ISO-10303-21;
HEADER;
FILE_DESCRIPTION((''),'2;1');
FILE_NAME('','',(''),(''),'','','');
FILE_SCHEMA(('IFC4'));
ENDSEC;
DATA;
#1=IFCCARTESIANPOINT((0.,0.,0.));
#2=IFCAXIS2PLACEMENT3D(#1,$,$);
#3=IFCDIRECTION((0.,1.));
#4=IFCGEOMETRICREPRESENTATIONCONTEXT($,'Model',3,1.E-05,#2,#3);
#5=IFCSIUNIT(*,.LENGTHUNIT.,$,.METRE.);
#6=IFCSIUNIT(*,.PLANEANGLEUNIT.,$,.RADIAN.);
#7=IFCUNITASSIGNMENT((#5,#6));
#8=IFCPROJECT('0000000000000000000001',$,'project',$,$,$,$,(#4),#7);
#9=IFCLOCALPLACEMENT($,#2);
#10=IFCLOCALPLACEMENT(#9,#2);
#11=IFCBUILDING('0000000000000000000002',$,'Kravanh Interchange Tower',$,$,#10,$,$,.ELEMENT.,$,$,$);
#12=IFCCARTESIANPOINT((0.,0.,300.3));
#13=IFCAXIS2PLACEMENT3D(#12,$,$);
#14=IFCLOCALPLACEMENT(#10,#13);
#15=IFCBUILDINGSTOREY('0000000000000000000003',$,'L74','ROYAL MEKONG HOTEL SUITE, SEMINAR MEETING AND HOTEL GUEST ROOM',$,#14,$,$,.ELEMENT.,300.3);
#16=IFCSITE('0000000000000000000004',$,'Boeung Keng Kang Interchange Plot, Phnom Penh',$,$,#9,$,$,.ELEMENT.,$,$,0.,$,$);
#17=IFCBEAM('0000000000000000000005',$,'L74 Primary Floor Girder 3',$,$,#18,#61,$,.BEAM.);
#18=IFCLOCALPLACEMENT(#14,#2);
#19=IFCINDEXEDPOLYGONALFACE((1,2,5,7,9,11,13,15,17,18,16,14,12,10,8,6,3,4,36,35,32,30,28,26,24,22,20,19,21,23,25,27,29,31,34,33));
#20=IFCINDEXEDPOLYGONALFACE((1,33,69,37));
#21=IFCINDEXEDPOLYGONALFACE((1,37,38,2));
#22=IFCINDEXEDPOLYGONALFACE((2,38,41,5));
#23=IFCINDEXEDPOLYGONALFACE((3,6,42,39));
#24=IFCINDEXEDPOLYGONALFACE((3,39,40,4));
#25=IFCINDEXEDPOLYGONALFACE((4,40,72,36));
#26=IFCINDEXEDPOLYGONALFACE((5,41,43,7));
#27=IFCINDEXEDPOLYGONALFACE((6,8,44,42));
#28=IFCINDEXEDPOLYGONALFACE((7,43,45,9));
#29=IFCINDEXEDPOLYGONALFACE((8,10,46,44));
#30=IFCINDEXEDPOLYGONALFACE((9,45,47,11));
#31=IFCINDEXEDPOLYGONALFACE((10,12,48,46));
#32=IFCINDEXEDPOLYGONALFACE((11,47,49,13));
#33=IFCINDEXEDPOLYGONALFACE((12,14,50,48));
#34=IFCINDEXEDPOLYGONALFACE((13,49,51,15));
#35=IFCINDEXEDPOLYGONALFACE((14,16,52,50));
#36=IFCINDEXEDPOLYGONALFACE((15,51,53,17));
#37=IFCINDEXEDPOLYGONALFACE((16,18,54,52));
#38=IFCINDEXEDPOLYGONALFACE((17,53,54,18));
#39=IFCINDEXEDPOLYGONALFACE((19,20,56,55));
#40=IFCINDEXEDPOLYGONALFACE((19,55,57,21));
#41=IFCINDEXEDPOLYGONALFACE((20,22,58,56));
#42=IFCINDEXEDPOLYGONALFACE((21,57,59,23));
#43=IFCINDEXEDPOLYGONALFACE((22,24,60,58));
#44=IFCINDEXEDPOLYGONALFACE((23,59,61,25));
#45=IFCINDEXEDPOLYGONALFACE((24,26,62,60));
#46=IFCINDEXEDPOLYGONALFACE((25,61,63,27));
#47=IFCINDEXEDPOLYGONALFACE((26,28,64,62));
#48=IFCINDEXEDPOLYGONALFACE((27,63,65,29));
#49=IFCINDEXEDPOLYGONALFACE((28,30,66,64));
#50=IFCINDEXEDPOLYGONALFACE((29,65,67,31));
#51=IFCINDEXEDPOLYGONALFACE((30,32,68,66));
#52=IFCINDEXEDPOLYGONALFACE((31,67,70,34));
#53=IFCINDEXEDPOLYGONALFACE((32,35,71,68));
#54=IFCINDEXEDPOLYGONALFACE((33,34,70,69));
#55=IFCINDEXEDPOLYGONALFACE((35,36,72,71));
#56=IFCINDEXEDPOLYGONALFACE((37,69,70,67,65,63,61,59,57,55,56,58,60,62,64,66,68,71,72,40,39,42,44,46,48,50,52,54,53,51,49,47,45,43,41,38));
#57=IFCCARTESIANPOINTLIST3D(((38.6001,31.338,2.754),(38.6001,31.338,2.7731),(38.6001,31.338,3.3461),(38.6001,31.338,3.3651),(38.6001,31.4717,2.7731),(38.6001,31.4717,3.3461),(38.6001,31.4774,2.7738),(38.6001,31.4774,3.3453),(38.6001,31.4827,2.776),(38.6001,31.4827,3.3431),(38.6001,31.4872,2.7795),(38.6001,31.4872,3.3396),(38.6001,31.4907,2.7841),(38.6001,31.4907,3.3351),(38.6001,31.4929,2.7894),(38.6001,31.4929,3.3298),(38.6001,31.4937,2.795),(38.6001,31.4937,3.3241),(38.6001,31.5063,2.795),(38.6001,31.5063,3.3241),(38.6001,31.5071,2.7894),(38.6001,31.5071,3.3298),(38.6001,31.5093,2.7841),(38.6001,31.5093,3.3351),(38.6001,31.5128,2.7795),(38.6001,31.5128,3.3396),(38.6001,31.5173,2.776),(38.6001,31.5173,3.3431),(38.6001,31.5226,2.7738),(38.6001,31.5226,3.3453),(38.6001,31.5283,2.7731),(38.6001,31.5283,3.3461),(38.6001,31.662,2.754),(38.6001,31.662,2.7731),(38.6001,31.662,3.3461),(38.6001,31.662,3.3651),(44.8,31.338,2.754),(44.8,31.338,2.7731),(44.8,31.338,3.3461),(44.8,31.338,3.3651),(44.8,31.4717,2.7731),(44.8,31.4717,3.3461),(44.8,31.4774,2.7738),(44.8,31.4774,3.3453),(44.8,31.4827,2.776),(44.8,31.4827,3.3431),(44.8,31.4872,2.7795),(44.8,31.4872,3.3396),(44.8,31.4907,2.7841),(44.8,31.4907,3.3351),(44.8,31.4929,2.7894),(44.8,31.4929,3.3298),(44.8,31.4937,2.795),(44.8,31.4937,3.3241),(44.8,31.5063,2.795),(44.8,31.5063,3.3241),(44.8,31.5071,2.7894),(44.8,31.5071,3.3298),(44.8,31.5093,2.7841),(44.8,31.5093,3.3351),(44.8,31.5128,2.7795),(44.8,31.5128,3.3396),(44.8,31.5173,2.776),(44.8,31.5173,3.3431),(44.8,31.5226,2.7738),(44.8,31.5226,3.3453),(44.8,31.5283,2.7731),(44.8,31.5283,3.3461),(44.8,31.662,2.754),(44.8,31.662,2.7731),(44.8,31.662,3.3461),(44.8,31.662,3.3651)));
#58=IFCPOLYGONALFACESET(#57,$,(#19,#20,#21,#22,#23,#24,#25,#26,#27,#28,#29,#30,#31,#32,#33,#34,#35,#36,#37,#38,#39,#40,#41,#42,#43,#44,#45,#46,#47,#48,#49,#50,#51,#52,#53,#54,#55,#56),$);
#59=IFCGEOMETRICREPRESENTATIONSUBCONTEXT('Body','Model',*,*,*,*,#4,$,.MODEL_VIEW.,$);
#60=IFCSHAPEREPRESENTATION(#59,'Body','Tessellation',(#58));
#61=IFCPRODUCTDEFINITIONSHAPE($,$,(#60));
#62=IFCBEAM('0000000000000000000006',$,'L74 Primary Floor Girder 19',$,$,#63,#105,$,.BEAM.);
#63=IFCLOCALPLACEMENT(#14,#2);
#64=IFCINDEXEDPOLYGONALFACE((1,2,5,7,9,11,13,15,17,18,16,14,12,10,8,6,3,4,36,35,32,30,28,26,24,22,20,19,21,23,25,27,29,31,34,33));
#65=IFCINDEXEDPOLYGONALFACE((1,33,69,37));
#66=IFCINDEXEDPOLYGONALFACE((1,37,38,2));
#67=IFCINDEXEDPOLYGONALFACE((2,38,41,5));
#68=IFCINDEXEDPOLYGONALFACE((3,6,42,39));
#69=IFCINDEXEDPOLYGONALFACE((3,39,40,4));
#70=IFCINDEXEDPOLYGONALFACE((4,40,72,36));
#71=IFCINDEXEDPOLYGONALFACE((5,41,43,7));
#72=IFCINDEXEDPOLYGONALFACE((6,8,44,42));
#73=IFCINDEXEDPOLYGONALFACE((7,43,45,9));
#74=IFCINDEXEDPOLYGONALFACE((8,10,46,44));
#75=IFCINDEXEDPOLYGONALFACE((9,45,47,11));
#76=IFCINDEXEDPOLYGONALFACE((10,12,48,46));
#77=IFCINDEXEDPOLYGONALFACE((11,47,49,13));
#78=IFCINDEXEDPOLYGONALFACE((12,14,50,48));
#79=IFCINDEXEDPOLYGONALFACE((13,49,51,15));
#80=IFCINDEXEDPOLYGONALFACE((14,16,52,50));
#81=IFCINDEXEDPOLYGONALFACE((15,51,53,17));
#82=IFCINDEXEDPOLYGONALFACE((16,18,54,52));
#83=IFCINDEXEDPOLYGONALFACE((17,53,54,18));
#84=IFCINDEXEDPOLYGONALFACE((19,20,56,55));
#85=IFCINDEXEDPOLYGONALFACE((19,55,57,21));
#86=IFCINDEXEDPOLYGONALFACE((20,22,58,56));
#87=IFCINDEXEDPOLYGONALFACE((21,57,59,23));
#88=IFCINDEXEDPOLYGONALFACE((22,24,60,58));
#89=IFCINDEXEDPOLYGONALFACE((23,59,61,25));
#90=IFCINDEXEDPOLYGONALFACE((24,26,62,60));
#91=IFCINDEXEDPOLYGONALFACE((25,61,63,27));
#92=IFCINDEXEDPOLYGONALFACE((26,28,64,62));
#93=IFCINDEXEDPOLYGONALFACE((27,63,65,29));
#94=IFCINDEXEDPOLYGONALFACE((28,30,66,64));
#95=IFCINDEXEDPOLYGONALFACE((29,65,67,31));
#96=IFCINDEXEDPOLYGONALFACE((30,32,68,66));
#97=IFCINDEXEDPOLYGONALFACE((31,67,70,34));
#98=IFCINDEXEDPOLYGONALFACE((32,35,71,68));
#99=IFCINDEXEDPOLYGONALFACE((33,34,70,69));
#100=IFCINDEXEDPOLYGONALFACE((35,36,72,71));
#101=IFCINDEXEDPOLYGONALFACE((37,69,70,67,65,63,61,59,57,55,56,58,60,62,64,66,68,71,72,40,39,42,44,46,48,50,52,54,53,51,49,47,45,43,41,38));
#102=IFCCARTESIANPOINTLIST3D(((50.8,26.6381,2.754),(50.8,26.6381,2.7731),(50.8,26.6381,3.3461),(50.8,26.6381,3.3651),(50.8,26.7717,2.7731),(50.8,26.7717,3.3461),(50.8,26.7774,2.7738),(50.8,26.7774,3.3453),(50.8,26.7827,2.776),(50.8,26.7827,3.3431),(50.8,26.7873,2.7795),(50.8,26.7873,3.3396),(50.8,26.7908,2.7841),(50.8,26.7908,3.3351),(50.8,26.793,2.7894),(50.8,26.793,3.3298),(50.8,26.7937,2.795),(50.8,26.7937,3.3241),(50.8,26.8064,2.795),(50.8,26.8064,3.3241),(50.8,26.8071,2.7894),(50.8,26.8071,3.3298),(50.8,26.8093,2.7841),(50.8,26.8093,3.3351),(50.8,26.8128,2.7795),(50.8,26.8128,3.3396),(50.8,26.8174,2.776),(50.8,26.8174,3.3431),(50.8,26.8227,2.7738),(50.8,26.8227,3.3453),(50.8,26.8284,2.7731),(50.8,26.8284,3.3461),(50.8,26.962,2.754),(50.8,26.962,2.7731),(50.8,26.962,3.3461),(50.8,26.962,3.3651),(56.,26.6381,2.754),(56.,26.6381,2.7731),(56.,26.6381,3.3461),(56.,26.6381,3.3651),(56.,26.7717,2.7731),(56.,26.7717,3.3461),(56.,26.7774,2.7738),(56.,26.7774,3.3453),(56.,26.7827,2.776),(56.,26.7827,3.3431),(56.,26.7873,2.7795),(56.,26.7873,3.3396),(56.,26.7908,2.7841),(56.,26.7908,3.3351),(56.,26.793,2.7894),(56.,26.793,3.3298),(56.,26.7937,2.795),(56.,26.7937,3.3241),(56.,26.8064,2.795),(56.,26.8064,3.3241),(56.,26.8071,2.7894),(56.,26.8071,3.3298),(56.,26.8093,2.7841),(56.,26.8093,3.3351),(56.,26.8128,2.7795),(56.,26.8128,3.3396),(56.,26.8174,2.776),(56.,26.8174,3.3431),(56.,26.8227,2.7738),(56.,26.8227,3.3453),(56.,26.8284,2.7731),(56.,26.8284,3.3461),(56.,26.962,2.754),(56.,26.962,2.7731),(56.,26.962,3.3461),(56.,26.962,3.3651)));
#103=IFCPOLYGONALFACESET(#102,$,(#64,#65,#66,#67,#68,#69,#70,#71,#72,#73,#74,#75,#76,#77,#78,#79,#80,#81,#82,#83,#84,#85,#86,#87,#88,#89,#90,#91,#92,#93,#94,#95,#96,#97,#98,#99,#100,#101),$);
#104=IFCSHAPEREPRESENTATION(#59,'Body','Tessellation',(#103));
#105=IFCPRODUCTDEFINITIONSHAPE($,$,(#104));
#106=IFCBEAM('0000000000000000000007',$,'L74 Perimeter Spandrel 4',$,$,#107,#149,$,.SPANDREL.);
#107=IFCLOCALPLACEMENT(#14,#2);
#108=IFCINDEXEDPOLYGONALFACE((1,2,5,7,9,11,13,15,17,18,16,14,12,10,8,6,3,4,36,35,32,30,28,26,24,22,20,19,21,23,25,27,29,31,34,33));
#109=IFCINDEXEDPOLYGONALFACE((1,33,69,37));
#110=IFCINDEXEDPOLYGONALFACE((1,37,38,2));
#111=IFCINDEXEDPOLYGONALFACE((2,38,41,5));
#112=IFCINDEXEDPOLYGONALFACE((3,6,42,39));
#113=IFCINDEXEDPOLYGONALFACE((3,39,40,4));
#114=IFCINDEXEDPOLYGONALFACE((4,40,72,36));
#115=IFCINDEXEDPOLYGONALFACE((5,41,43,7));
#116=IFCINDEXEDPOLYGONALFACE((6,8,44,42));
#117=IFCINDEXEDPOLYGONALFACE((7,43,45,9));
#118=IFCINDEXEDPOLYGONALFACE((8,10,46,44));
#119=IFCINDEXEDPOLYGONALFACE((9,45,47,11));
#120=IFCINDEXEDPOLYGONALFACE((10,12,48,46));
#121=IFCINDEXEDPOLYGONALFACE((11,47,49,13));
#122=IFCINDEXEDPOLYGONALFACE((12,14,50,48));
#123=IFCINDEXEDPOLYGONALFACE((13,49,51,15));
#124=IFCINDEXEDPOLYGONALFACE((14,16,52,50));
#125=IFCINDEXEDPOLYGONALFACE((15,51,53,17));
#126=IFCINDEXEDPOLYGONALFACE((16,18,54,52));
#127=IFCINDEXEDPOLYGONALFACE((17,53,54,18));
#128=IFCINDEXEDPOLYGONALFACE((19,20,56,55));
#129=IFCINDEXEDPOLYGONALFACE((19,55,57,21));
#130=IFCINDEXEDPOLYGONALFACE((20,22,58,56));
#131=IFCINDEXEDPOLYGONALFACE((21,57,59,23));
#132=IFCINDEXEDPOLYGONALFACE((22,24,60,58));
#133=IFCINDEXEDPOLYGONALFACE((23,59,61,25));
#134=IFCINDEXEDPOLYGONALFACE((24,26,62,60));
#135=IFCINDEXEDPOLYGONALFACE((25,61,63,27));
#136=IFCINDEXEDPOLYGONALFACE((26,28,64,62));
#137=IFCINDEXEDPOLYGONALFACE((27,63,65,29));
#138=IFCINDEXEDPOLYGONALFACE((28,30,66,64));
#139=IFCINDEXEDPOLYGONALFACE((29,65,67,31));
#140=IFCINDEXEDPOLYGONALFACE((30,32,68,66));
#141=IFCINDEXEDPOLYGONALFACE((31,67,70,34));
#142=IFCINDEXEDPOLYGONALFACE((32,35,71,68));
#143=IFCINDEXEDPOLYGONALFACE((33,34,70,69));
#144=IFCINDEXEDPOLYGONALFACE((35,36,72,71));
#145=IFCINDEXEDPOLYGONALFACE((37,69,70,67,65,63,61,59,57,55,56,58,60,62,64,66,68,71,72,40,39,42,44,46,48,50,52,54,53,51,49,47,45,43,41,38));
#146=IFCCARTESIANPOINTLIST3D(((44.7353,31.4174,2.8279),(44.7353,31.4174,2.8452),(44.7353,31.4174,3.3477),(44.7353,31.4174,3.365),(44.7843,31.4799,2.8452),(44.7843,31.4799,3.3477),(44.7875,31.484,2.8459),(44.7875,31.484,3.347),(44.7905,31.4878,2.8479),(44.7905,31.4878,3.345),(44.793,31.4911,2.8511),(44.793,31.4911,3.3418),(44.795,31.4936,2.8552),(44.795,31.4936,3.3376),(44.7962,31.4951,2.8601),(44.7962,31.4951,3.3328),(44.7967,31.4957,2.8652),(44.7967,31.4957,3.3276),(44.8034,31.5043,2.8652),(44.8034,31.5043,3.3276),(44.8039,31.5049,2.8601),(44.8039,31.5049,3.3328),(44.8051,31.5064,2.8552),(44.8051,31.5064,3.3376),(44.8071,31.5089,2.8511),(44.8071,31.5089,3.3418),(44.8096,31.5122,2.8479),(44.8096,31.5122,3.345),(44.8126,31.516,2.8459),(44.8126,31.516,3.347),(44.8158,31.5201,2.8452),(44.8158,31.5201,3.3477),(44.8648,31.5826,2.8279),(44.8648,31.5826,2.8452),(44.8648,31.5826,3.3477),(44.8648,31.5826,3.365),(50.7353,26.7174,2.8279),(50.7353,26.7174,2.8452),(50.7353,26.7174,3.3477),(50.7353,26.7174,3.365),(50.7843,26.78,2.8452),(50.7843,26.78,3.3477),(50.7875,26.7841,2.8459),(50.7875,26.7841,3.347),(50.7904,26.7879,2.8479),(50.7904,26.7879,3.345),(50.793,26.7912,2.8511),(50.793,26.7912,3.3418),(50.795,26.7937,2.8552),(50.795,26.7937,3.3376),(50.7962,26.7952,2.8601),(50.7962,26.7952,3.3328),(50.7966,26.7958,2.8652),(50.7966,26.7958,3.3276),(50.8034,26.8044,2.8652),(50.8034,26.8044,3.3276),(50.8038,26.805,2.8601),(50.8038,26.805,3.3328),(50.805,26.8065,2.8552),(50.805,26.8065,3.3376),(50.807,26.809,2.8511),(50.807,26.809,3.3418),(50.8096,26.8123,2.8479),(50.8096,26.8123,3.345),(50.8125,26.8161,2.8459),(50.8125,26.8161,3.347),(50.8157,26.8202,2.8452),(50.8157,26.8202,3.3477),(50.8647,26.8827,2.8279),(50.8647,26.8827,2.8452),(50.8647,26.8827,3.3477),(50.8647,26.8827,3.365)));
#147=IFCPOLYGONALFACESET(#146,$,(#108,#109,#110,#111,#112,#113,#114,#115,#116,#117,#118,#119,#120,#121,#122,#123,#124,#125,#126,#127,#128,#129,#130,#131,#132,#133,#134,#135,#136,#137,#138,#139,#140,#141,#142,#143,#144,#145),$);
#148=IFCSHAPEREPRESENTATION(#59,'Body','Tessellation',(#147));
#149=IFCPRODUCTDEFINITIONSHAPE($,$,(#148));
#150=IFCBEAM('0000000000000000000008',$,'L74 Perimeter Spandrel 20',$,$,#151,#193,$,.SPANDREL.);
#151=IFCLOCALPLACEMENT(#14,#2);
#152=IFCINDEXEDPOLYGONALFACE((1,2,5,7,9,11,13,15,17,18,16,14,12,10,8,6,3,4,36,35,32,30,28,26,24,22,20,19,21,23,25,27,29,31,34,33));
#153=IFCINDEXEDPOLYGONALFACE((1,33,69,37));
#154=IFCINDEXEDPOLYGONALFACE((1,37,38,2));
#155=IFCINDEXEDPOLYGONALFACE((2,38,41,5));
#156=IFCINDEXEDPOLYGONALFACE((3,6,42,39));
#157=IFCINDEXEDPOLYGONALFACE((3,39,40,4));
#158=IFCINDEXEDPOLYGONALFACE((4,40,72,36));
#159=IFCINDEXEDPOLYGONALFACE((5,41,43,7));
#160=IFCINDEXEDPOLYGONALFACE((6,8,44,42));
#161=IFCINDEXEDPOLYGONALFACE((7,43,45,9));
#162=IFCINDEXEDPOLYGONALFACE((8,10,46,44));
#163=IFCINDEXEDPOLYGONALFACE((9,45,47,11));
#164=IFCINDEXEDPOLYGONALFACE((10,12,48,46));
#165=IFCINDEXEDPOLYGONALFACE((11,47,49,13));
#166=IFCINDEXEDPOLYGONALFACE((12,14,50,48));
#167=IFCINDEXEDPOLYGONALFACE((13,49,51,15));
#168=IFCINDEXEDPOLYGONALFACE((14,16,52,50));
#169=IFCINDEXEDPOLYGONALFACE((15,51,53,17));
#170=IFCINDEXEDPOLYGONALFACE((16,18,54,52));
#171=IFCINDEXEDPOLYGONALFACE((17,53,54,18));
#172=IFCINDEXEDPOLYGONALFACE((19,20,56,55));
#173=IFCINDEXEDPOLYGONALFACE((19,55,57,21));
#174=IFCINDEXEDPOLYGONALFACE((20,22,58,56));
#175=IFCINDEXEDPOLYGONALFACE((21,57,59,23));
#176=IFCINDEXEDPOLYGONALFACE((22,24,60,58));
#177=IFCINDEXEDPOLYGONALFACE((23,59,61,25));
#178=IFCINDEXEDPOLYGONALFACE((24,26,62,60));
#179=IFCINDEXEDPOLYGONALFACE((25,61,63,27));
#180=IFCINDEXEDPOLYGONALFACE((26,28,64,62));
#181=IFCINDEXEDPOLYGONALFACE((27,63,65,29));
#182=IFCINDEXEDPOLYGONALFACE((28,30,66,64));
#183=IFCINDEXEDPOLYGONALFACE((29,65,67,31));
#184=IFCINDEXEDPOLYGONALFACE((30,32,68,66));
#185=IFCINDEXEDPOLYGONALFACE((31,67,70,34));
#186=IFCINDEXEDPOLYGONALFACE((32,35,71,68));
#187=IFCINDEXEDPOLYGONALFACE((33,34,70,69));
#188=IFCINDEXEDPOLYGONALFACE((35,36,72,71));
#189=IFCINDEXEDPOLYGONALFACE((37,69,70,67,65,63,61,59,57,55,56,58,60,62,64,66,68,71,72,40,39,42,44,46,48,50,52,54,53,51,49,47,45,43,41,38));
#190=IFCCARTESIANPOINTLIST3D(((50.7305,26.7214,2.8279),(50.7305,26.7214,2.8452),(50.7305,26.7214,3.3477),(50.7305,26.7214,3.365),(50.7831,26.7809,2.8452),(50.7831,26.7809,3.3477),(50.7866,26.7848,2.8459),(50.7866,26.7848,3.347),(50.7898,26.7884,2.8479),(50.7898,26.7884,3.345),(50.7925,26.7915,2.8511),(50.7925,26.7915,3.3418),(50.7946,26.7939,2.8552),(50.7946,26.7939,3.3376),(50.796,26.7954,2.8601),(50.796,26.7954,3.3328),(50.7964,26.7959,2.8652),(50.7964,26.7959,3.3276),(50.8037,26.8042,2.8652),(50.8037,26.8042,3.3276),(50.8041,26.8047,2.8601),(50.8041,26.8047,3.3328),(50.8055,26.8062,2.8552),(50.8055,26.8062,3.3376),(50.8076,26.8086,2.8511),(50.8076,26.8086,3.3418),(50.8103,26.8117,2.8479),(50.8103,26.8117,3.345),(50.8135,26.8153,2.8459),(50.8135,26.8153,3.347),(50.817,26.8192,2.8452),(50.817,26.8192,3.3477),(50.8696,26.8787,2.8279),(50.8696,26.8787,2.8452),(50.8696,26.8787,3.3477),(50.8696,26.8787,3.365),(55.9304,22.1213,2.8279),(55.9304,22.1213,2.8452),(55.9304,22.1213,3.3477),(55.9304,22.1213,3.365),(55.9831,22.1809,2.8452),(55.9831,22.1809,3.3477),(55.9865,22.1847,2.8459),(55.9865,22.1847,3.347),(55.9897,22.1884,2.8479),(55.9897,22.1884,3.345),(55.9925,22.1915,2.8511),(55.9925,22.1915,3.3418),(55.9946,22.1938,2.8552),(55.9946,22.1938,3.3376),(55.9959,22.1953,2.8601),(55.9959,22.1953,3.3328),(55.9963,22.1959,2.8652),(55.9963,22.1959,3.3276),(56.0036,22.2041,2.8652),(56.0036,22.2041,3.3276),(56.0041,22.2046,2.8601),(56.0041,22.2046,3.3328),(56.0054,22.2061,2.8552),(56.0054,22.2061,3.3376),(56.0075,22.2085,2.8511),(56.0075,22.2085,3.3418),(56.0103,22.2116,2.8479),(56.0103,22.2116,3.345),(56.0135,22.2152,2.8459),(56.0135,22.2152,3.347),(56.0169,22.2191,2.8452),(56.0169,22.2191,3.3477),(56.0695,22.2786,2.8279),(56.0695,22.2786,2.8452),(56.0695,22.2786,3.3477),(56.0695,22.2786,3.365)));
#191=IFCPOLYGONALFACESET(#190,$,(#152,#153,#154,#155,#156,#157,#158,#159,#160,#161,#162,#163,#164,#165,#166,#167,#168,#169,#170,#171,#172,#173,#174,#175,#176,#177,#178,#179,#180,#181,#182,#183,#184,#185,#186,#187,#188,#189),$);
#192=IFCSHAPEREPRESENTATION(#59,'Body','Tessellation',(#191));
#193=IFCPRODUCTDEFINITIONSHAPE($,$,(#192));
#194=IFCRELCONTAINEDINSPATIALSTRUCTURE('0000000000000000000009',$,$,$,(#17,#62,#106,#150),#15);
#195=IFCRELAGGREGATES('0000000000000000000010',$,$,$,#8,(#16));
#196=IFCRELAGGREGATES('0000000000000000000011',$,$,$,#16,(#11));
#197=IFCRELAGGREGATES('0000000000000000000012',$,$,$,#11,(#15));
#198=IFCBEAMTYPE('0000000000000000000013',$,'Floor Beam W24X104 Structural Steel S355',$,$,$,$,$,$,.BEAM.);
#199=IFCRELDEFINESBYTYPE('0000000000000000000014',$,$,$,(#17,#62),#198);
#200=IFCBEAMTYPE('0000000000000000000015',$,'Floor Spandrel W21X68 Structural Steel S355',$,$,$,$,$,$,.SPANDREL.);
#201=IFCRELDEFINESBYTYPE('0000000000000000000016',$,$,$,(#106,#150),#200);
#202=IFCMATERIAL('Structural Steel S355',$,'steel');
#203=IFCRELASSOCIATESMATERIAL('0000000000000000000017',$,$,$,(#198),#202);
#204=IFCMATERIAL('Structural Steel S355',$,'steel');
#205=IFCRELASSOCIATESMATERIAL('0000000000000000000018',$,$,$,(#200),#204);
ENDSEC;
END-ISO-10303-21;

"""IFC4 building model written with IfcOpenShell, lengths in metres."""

from ifc_helpers import new_model, si_unit, direction, frame, origin, origin_2d, place, context, subcontext, project, spatial, i_section, extrude, material, material_profile, profile_set, type_object, element, save


model = new_model("IFC4")

# Units and contexts
model_context = context("Model", 3, precision=1e-05, world=origin(), true_north=direction((0.0, 1.0)))
body_context = subcontext(model_context, "Body", "Model", "MODEL_VIEW")
ifc_project = project(units=[si_unit("LENGTHUNIT", "METRE"), si_unit("PLANEANGLEUNIT", "RADIAN")], contexts=[model_context])

# Site, building, storey
site_placement = place(None, origin())
site = spatial("IfcSite", under=ifc_project, at=site_placement, Name="Boeung Keng Kang Interchange Plot, Phnom Penh", CompositionType="ELEMENT", RefElevation=0.0)
building_placement = place(site_placement, origin())
building = spatial("IfcBuilding", under=site, at=building_placement, Name="Kravanh Interchange Tower", CompositionType="ELEMENT")
storey_placement = place(building_placement, frame((0.0, 0.0, 300.3)))
storey = spatial("IfcBuildingStorey", under=building, at=storey_placement, Name="L74", Description="ROYAL MEKONG HOTEL SUITE, SEMINAR MEETING AND HOTEL GUEST ROOM", CompositionType="ELEMENT", Elevation=300.3)

# Beams
ifc_material_1 = material(Name="Structural Steel S355", Category="steel")
ifc_material_profile_1 = material_profile(ifc_material_1, i_section(OverallWidth=0.324, OverallDepth=0.6111, WebThickness=0.0127, FlangeThickness=0.019, FilletRadius=0.022, at=origin_2d()), Name="W24X104")
ifc_profile_set_1 = profile_set([ifc_material_profile_1], Name="Structural Steel S355")
beam_type_1 = type_object("IfcBeamType", Name="Floor Beam W24X104 Structural Steel S355", PredefinedType="BEAM", material=ifc_profile_set_1)
beam_1_placement = place(storey_placement, frame((44.8, 31.5, 3.0596), z_axis=(-1.0, 0.0, 0.0), x_axis=(0.0, -1.0, 0.0)))
element("IfcBeam", 1, at=beam_1_placement, inside=storey, type_object=beam_type_1, Name="L74 Primary Floor Girder 3", PredefinedType="BEAM", context=body_context, shape_type="SweptSolid", body=[
    extrude(i_section(OverallWidth=0.324, OverallDepth=0.6111, WebThickness=0.0127, FlangeThickness=0.019, FilletRadius=0.022, at=origin_2d()), origin(), (0.0, 0.0, 1.0), 6.2),
])
beam_2_placement = place(storey_placement, frame((50.8, 26.8, 3.0596), z_axis=(1.0, 0.0, 0.0), x_axis=(0.0, 1.0, 0.0)))
element("IfcBeam", 2, at=beam_2_placement, inside=storey, type_object=beam_type_1, Name="L74 Primary Floor Girder 19", PredefinedType="BEAM", context=body_context, shape_type="SweptSolid", body=[
    extrude(i_section(OverallWidth=0.324, OverallDepth=0.6111, WebThickness=0.0127, FlangeThickness=0.019, FilletRadius=0.022, at=origin_2d()), origin(), (0.0, 0.0, 1.0), 5.2),
])
ifc_material_2 = material(Name="Structural Steel S355", Category="steel")
ifc_material_profile_2 = material_profile(ifc_material_2, i_section(OverallWidth=0.21, OverallDepth=0.5371, WebThickness=0.011, FlangeThickness=0.0173, FilletRadius=0.02, at=origin_2d()), Name="W21X68")
ifc_profile_set_2 = profile_set([ifc_material_profile_2], Name="Structural Steel S355")
beam_type_2 = type_object("IfcBeamType", Name="Floor Spandrel W21X68 Structural Steel S355", PredefinedType="SPANDREL", material=ifc_profile_set_2)
beam_3_placement = place(storey_placement, frame((44.8, 31.5, 3.0964), z_axis=(0.787231, -0.616658, 0.0), x_axis=(0.616658, 0.787231, 0.0)))
element("IfcBeam", 3, at=beam_3_placement, inside=storey, type_object=beam_type_2, Name="L74 Perimeter Spandrel 4", PredefinedType="SPANDREL", context=body_context, shape_type="SweptSolid", body=[
    extrude(i_section(OverallWidth=0.21, OverallDepth=0.5371, WebThickness=0.011, FlangeThickness=0.0173, FilletRadius=0.02, at=origin_2d()), origin(), (0.0, 0.0, 1.0), 7.6216),
])
beam_4_placement = place(storey_placement, frame((50.8, 26.8, 3.0964), z_axis=(0.748986, -0.662585, 0.0), x_axis=(0.662585, 0.748986, 0.0)))
element("IfcBeam", 4, at=beam_4_placement, inside=storey, type_object=beam_type_2, Name="L74 Perimeter Spandrel 20", PredefinedType="SPANDREL", context=body_context, shape_type="SweptSolid", body=[
    extrude(i_section(OverallWidth=0.21, OverallDepth=0.5371, WebThickness=0.011, FlangeThickness=0.0173, FilletRadius=0.02, at=origin_2d()), origin(), (0.0, 0.0, 1.0), 6.9426),
])

save(model, "model.ifc")
